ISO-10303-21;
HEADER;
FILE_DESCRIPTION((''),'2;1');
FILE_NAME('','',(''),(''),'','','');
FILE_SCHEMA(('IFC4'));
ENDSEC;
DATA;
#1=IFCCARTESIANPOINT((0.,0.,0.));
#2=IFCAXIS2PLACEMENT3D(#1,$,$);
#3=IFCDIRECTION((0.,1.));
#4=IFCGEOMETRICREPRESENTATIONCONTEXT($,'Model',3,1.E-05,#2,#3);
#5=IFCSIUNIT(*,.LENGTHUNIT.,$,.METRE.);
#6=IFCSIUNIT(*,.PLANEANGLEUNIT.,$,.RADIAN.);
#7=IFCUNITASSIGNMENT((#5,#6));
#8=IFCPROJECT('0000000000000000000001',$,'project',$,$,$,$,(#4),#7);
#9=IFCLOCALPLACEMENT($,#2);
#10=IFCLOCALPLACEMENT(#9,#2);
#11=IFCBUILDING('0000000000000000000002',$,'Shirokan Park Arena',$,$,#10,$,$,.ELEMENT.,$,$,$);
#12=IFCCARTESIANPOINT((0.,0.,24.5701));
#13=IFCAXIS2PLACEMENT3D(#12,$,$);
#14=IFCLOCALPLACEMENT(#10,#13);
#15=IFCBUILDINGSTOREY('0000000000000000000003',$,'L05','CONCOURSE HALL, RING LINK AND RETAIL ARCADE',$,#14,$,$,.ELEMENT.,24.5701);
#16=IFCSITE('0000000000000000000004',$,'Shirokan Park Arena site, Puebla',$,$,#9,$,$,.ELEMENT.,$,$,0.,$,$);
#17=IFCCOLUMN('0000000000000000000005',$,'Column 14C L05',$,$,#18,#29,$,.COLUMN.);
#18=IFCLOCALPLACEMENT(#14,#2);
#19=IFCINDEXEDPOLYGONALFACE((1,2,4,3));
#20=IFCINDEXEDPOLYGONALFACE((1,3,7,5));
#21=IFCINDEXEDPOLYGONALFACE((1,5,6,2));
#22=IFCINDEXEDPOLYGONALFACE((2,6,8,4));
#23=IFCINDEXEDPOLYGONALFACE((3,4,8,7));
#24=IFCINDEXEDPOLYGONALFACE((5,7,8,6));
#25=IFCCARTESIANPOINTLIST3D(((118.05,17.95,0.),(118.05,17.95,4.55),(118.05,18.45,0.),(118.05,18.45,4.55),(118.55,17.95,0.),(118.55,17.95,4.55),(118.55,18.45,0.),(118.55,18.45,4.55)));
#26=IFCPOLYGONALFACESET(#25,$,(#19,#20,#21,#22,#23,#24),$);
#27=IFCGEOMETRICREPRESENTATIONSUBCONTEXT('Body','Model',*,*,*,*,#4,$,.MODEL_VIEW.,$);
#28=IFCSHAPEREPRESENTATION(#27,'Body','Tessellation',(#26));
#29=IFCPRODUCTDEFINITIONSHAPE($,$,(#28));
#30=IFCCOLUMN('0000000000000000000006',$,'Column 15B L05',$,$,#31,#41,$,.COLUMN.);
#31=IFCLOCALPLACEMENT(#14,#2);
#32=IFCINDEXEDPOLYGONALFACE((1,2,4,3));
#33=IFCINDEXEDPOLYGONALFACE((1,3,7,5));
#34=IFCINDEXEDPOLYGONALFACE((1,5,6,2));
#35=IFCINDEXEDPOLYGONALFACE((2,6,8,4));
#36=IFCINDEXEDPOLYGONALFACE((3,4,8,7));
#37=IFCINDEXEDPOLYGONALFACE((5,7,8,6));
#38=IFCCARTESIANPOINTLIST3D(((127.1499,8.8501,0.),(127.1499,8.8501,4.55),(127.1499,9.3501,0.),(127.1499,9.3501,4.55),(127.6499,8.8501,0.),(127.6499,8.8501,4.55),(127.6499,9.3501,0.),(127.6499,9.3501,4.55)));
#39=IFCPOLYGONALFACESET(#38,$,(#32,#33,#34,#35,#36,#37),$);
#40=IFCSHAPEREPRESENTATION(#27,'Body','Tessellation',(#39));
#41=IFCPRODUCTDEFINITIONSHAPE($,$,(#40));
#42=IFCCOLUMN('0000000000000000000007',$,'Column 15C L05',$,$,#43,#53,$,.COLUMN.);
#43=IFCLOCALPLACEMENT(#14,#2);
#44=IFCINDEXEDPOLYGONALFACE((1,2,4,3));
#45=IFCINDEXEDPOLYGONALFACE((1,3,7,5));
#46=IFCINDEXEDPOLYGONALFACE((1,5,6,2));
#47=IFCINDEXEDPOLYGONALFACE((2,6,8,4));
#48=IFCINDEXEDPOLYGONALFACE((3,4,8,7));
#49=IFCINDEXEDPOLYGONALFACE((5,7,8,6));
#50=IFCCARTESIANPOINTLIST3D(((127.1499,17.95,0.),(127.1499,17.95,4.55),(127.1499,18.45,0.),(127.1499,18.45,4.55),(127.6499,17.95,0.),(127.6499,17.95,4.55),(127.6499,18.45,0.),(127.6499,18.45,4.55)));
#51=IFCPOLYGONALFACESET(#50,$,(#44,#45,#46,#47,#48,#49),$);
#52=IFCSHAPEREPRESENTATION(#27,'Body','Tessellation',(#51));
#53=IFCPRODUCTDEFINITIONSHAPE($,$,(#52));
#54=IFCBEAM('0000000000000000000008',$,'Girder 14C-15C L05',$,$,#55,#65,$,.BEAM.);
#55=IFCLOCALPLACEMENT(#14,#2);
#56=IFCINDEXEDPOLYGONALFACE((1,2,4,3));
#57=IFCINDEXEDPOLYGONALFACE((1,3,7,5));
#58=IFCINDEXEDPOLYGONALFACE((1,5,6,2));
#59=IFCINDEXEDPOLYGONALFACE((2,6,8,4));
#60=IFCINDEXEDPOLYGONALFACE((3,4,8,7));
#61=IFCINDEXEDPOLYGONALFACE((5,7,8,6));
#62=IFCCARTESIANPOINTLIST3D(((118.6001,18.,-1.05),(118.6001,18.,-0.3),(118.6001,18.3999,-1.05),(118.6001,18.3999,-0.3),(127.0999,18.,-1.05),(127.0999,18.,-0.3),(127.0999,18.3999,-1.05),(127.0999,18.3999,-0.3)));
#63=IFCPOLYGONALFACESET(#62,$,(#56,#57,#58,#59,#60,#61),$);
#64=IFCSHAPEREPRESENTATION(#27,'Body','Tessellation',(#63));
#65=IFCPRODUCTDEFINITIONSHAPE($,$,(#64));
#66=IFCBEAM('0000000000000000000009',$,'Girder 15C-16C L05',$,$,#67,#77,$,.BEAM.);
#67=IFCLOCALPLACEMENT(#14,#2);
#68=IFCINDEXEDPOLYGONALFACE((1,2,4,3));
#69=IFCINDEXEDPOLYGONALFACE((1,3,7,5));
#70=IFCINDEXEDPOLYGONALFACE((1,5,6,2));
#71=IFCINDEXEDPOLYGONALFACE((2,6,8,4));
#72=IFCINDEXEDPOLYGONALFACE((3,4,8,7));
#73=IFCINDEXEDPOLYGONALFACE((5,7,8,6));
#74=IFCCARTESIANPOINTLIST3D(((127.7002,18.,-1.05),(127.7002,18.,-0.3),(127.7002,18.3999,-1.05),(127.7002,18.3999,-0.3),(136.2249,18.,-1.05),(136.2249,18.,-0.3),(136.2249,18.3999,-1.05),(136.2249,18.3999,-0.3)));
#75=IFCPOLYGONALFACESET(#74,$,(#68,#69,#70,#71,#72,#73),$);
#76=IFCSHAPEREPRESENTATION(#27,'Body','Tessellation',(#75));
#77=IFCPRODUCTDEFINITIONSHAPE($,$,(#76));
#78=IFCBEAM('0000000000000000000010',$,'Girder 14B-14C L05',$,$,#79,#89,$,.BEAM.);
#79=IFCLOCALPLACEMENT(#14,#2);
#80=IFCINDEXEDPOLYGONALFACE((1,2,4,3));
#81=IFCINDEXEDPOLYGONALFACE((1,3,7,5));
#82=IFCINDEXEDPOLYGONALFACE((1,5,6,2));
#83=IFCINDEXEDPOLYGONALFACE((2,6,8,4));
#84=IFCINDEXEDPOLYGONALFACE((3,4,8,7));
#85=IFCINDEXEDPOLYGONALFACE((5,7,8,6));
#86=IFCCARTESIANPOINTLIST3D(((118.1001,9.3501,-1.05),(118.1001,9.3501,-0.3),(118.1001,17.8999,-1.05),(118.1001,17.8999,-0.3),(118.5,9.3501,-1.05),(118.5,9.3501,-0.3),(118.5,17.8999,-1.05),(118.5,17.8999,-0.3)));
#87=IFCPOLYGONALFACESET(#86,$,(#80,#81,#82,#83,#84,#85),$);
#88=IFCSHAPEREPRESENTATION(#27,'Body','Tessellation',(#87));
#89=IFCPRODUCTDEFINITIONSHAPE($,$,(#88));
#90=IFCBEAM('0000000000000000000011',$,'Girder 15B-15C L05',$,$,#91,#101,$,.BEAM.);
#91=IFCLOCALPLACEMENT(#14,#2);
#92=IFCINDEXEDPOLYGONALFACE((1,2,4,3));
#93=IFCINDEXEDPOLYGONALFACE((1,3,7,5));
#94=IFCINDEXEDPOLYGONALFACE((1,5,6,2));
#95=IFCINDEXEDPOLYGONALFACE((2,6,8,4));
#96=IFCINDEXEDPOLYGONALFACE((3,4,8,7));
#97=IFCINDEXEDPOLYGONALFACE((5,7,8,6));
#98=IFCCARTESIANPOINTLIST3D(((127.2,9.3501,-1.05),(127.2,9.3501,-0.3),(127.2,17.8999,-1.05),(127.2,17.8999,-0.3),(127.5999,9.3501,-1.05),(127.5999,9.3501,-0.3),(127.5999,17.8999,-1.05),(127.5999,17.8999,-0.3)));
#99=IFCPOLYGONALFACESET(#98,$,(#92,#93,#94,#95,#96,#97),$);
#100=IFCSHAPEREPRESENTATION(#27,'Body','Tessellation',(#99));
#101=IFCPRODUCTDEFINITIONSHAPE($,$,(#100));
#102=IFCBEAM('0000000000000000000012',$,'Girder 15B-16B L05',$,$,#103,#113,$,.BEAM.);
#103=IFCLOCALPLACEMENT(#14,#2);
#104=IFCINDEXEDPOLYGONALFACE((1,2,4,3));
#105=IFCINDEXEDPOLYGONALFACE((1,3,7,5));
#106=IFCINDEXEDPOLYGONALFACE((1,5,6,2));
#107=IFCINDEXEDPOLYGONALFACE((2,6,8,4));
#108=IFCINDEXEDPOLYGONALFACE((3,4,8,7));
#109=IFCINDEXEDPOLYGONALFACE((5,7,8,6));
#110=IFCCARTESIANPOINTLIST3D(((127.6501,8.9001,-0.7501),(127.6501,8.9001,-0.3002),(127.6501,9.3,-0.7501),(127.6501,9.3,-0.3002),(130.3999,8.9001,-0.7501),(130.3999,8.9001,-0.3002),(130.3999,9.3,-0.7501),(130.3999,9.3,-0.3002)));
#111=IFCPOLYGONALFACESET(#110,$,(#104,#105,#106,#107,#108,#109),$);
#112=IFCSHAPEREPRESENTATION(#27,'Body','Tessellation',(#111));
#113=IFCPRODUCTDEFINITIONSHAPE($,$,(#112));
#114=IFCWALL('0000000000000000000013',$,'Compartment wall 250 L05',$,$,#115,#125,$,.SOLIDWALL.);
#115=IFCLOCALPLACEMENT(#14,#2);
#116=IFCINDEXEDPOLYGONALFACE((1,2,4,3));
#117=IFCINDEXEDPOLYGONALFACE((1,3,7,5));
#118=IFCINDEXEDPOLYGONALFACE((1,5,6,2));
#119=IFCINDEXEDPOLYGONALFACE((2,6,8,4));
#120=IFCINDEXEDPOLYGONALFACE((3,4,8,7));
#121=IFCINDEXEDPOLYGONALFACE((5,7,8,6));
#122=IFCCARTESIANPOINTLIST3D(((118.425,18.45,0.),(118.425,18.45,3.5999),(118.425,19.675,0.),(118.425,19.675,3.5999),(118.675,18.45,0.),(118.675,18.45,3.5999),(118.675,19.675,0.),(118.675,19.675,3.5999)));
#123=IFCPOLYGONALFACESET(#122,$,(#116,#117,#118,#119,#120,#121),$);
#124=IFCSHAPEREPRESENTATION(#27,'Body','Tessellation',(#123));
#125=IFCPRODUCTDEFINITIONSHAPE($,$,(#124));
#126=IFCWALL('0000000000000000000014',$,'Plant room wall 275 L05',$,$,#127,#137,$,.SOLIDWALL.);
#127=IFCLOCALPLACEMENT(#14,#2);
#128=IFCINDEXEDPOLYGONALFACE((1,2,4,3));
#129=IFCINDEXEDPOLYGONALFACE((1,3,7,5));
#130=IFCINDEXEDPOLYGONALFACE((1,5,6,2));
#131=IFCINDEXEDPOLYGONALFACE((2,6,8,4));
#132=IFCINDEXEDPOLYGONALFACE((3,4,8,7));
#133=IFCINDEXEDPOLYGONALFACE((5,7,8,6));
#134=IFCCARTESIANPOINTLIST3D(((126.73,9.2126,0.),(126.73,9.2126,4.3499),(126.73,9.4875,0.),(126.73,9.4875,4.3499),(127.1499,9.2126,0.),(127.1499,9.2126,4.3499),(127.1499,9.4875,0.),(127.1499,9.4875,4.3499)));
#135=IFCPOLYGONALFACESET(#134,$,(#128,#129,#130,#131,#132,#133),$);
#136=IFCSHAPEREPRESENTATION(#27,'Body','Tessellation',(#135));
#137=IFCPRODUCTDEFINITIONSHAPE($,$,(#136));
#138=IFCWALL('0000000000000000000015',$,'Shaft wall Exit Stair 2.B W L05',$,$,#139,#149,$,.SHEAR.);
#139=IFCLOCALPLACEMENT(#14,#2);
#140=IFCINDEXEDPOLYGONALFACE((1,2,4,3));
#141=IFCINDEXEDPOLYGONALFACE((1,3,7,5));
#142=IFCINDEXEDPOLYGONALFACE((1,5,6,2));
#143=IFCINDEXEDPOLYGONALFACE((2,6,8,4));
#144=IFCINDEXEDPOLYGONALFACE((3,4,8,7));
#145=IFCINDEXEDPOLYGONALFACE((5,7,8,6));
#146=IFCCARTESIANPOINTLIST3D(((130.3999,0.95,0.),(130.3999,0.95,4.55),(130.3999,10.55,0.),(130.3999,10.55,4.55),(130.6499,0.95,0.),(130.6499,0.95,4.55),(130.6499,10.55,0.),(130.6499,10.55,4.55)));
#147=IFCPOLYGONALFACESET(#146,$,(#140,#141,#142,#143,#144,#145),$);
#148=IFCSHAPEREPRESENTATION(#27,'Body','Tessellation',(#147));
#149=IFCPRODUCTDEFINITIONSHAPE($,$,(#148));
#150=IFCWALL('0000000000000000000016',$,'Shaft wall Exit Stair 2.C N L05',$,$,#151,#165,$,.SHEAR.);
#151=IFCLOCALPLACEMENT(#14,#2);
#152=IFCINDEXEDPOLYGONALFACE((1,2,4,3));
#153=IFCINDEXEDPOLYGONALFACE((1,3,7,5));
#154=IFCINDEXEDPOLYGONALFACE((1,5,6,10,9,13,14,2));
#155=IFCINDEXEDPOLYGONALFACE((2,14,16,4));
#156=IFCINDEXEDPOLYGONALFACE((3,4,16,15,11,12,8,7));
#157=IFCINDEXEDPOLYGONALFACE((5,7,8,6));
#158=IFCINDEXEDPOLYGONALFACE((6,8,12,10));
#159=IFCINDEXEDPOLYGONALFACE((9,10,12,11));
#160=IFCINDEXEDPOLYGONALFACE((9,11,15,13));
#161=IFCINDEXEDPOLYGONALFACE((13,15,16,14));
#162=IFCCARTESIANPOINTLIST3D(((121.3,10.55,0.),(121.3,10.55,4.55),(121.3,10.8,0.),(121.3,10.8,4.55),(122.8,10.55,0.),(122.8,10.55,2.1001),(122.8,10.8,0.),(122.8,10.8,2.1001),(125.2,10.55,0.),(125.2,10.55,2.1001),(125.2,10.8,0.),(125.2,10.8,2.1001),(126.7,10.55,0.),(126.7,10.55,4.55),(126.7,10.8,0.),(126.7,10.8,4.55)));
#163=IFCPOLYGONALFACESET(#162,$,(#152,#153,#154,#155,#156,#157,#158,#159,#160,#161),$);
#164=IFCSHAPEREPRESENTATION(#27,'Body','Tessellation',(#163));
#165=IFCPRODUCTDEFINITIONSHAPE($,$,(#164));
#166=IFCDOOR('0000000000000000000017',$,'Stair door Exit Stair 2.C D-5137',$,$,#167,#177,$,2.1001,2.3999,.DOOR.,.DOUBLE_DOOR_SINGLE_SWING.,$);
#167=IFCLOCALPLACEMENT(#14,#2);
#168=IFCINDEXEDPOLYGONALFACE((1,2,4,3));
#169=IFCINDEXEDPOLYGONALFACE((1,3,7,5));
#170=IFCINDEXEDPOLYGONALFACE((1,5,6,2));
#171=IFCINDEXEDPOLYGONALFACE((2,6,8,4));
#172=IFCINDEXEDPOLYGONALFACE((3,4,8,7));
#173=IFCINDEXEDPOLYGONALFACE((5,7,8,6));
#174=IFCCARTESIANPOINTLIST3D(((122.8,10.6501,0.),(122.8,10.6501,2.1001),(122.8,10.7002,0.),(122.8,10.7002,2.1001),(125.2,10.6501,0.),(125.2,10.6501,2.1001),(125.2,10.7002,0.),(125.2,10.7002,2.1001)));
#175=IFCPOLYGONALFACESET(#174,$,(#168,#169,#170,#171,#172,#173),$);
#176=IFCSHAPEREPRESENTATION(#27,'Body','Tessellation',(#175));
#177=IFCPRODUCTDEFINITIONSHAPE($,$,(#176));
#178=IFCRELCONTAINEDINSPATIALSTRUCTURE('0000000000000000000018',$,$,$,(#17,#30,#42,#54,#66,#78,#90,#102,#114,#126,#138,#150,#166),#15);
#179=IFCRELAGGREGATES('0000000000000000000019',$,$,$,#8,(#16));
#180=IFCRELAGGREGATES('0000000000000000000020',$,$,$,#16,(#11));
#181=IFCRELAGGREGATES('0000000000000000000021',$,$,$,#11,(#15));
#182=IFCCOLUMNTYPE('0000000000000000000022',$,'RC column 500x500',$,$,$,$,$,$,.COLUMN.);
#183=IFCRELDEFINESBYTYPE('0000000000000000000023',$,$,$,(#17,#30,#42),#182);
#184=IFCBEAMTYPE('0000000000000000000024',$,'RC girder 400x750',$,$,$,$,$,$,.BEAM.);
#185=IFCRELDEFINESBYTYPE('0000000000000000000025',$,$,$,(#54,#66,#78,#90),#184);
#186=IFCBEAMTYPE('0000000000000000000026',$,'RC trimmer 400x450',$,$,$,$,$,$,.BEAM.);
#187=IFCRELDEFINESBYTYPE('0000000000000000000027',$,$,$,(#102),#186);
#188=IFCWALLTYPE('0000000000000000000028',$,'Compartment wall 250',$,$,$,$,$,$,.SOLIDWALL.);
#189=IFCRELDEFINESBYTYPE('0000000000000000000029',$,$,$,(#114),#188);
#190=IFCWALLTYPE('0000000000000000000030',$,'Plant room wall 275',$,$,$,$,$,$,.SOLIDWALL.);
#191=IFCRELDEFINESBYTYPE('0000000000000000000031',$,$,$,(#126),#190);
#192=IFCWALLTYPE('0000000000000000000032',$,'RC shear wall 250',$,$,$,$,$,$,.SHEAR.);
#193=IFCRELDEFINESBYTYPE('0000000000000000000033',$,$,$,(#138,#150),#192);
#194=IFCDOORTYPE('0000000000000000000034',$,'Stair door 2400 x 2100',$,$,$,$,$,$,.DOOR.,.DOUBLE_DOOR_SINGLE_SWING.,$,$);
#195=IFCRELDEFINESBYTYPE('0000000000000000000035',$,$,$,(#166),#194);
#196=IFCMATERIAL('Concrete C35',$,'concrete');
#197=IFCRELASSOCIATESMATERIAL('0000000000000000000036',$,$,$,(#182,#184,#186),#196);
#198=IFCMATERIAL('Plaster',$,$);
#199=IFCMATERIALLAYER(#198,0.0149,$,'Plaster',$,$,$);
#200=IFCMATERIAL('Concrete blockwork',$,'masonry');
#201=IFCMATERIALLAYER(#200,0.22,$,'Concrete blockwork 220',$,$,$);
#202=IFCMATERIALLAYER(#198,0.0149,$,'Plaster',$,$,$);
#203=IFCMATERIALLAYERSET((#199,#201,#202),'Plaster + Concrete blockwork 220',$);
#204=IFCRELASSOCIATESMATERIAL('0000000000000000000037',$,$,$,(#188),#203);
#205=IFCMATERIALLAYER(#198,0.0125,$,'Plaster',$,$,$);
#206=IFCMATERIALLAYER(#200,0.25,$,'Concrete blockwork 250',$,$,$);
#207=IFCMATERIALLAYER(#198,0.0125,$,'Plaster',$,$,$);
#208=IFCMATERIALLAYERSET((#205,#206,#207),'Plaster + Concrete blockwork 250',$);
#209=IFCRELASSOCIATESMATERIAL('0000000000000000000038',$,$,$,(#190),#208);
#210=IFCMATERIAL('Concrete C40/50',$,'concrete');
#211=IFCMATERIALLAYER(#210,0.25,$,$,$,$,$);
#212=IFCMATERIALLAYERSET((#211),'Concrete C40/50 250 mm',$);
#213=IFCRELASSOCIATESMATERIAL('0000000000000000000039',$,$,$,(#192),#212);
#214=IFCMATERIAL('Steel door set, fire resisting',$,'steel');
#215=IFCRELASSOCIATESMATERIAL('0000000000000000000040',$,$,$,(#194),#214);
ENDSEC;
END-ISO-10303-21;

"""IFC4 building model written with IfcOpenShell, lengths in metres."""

from ifc_helpers import new_model, si_unit, direction, frame, frame_2d, origin, origin_2d, place, context, subcontext, project, spatial, rectangle, extrude, material, layer, layer_set, material_profile, profile_set, type_object, element, fill, save


model = new_model("IFC4")

# Units and contexts
model_context = context("Model", 3, precision=1e-05, world=origin(), true_north=direction((0.0, 1.0)))
body_context = subcontext(model_context, "Body", "Model", "MODEL_VIEW")
ifc_project = project(units=[si_unit("LENGTHUNIT", "METRE"), si_unit("PLANEANGLEUNIT", "RADIAN")], contexts=[model_context])

# Site, building, storey
site_placement = place(None, origin())
site = spatial("IfcSite", under=ifc_project, at=site_placement, Name="Shirokan Park Arena site, Puebla", CompositionType="ELEMENT", RefElevation=0.0)
building_placement = place(site_placement, origin())
building = spatial("IfcBuilding", under=site, at=building_placement, Name="Shirokan Park Arena", CompositionType="ELEMENT")
storey_placement = place(building_placement, frame((0.0, 0.0, 24.5701)))
storey = spatial("IfcBuildingStorey", under=building, at=storey_placement, Name="L05", Description="CONCOURSE HALL, RING LINK AND RETAIL ARCADE", CompositionType="ELEMENT", Elevation=24.5701)

# Columns
ifc_material_1 = material(Name="Concrete C35", Category="concrete")
ifc_material_profile_1 = material_profile(ifc_material_1, rectangle(XDim=0.5, YDim=0.5, at=origin_2d()), Name="500x500")
ifc_profile_set_1 = profile_set([ifc_material_profile_1], Name="Concrete C35")
column_type = type_object("IfcColumnType", Name="RC column 500x500", PredefinedType="COLUMN", material=ifc_profile_set_1)
for number, where, z_axis, x_axis, name in (
    (1, (118.3, 18.2, 0.0), (0.0, 0.0, 1.0), (1.0, 0.0, 0.0), "Column 14C L05"),
    (2, (127.3999, 9.1001, 0.0), (0.0, 0.0, 1.0), (1.0, 0.0, 0.0), "Column 15B L05"),
    (3, (127.3999, 18.2, 0.0), (0.0, 0.0, 1.0), (1.0, 0.0, 0.0), "Column 15C L05"),
):
    element("IfcColumn", number, at=place(storey_placement, frame(where, z_axis=z_axis, x_axis=x_axis)), inside=storey, type_object=column_type, Name=name, PredefinedType="COLUMN", context=body_context, shape_type="SweptSolid", body=[
        extrude(rectangle(XDim=0.5, YDim=0.5, at=origin_2d()), origin(), (0.0, 0.0, 1.0), 4.55),
    ])

# Beams
ifc_material_profile_2 = material_profile(ifc_material_1, rectangle(XDim=0.3999, YDim=0.75, at=origin_2d()), Name="400x750")
ifc_profile_set_2 = profile_set([ifc_material_profile_2], Name="Concrete C35")
beam_type_1 = type_object("IfcBeamType", Name="RC girder 400x750", PredefinedType="BEAM", material=ifc_profile_set_2)
beam_1_placement = place(storey_placement, frame((118.6001, 18.2, -0.675), z_axis=(1.0, 0.0, 0.0), x_axis=(0.0, 1.0, 0.0)))
element("IfcBeam", 4, at=beam_1_placement, inside=storey, type_object=beam_type_1, Name="Girder 14C-15C L05", PredefinedType="BEAM", context=body_context, shape_type="SweptSolid", body=[
    extrude(rectangle(XDim=0.3999, YDim=0.75, at=origin_2d()), origin(), (0.0, 0.0, 1.0), 8.4998),
])
beam_2_placement = place(storey_placement, frame((127.7002, 18.2, -0.675), z_axis=(1.0, 0.0, 0.0), x_axis=(0.0, 1.0, 0.0)))
element("IfcBeam", 5, at=beam_2_placement, inside=storey, type_object=beam_type_1, Name="Girder 15C-16C L05", PredefinedType="BEAM", context=body_context, shape_type="SweptSolid", body=[
    extrude(rectangle(XDim=0.3999, YDim=0.75, at=origin_2d()), origin(), (0.0, 0.0, 1.0), 8.5247),
])
for number, where, z_axis, x_axis, name in (
    (6, (118.3, 9.3501, -0.675), (0.0, 1.0, 0.0), (-1.0, 0.0, 0.0), "Girder 14B-14C L05"),
    (7, (127.3999, 9.3501, -0.675), (0.0, 1.0, 0.0), (-1.0, 0.0, 0.0), "Girder 15B-15C L05"),
):
    element("IfcBeam", number, at=place(storey_placement, frame(where, z_axis=z_axis, x_axis=x_axis)), inside=storey, type_object=beam_type_1, Name=name, PredefinedType="BEAM", context=body_context, shape_type="SweptSolid", body=[
        extrude(rectangle(XDim=0.3999, YDim=0.75, at=origin_2d()), origin(), (0.0, 0.0, 1.0), 8.5498),
    ])
ifc_material_profile_3 = material_profile(ifc_material_1, rectangle(XDim=0.3999, YDim=0.45, at=origin_2d()), Name="400x450")
ifc_profile_set_3 = profile_set([ifc_material_profile_3], Name="Concrete C35")
beam_type_2 = type_object("IfcBeamType", Name="RC trimmer 400x450", PredefinedType="BEAM", material=ifc_profile_set_3)
beam_3_placement = place(storey_placement, frame((127.6501, 9.1001, -0.5251), z_axis=(1.0, 0.0, 0.0), x_axis=(0.0, 1.0, 0.0)))
element("IfcBeam", 8, at=beam_3_placement, inside=storey, type_object=beam_type_2, Name="Girder 15B-16B L05", PredefinedType="BEAM", context=body_context, shape_type="SweptSolid", body=[
    extrude(rectangle(XDim=0.3999, YDim=0.45, at=origin_2d()), origin(), (0.0, 0.0, 1.0), 2.7498),
])

# Wall
ifc_material_2 = material(Name="Plaster")
ifc_layer_1 = layer(ifc_material_2, 0.0149, Name="Plaster")
ifc_material_3 = material(Name="Concrete blockwork", Category="masonry")
ifc_layer_2 = layer(ifc_material_3, 0.22, Name="Concrete blockwork 220")
ifc_layer_3 = layer(ifc_material_2, 0.0149, Name="Plaster")
ifc_layer_set_1 = layer_set([ifc_layer_1, ifc_layer_2, ifc_layer_3], Name="Plaster + Concrete blockwork 220")
wall_type_1 = type_object("IfcWallType", Name="Compartment wall 250", PredefinedType="SOLIDWALL", material=ifc_layer_set_1)
wall_1_placement = place(storey_placement, frame((118.55, 18.45, 0.0), z_axis=(0.0, 0.0, 1.0), x_axis=(0.0, 1.0, 0.0)))
element("IfcWall", 9, at=wall_1_placement, inside=storey, type_object=wall_type_1, Name="Compartment wall 250 L05", PredefinedType="SOLIDWALL", context=body_context, shape_type="SweptSolid", body=[
    extrude(rectangle(XDim=1.2251, YDim=0.25, at=frame_2d((0.6125, 0.0))), origin(), (0.0, 0.0, 1.0), 3.5999),
])

# Wall
ifc_layer_4 = layer(ifc_material_2, 0.0125, Name="Plaster")
ifc_layer_5 = layer(ifc_material_3, 0.25, Name="Concrete blockwork 250")
ifc_layer_6 = layer(ifc_material_2, 0.0125, Name="Plaster")
ifc_layer_set_2 = layer_set([ifc_layer_4, ifc_layer_5, ifc_layer_6], Name="Plaster + Concrete blockwork 250")
wall_type_2 = type_object("IfcWallType", Name="Plant room wall 275", PredefinedType="SOLIDWALL", material=ifc_layer_set_2)
wall_2_placement = place(storey_placement, frame((127.1499, 9.3501, 0.0), z_axis=(0.0, 0.0, 1.0), x_axis=(-1.0, 0.0, 0.0)))
element("IfcWall", 10, at=wall_2_placement, inside=storey, type_object=wall_type_2, Name="Plant room wall 275 L05", PredefinedType="SOLIDWALL", context=body_context, shape_type="SweptSolid", body=[
    extrude(rectangle(XDim=0.4199, YDim=0.2749, at=frame_2d((0.21, 0.0))), origin(), (0.0, 0.0, 1.0), 4.3499),
])

# Wall
ifc_material_4 = material(Name="Concrete C40/50", Category="concrete")
ifc_layer_7 = layer(ifc_material_4, 0.25)
ifc_layer_set_3 = layer_set([ifc_layer_7], Name="Concrete C40/50 250 mm")
wall_type_3 = type_object("IfcWallType", Name="RC shear wall 250", PredefinedType="SHEAR", material=ifc_layer_set_3)
wall_3_placement = place(storey_placement, frame((130.5249, 10.55, 0.0), z_axis=(0.0, 0.0, 1.0), x_axis=(0.0, -1.0, 0.0)))
element("IfcWall", 11, at=wall_3_placement, inside=storey, type_object=wall_type_3, Name="Shaft wall Exit Stair 2.B W L05", PredefinedType="SHEAR", context=body_context, shape_type="SweptSolid", body=[
    extrude(rectangle(XDim=9.6001, YDim=0.25, at=frame_2d((4.8, 0.0))), origin(), (0.0, 0.0, 1.0), 4.55),
])

# Wall, opening, door
wall_4_placement = place(storey_placement, frame((126.7, 10.675, 0.0), z_axis=(0.0, 0.0, 1.0), x_axis=(-1.0, 0.0, 0.0)))
wall_4 = element("IfcWall", 12, at=wall_4_placement, inside=storey, type_object=wall_type_3, Name="Shaft wall Exit Stair 2.C N L05", PredefinedType="SHEAR", context=body_context, shape_type="SweptSolid", body=[
    extrude(rectangle(XDim=5.3999, YDim=0.25, at=frame_2d((2.7, 0.0))), origin(), (0.0, 0.0, 1.0), 4.55),
])
opening_1_placement = place(wall_4_placement, frame((1.5, 0.0, 0.0)))
opening_1 = element("IfcOpeningElement", 13, at=opening_1_placement, cuts=wall_4, PredefinedType="OPENING", context=body_context, shape_type="SweptSolid", body=[
    extrude(rectangle(XDim=2.3999, YDim=2.1001, at=frame_2d((1.2, 1.05))), frame((0.0, 0.135, 0.0), z_axis=(0.0, -1.0, 0.0), x_axis=(1.0, 0.0, 0.0)), (0.0, 0.0, 1.0), 0.27),
])
ifc_material_5 = material(Name="Steel door set, fire resisting", Category="steel")
door_type_1 = type_object("IfcDoorType", Name="Stair door 2400 x 2100", OperationType="DOUBLE_DOOR_SINGLE_SWING", PredefinedType="DOOR", material=ifc_material_5)
door_1_placement = place(opening_1_placement, origin())
door_1 = element("IfcDoor", 14, at=door_1_placement, inside=storey, type_object=door_type_1, Name="Stair door Exit Stair 2.C D-5137", OperationType="DOUBLE_DOOR_SINGLE_SWING", OverallHeight=2.1001, OverallWidth=2.3999, PredefinedType="DOOR", context=body_context, shape_type="SweptSolid", body=[
    extrude(rectangle(XDim=2.3999, YDim=2.1001, at=frame_2d((1.2, 1.05))), frame((0.0, 0.0249, 0.0), z_axis=(0.0, -1.0, 0.0), x_axis=(1.0, 0.0, 0.0)), (0.0, 0.0, 1.0), 0.05),
])
fill(opening_1, door_1)

save(model, "model.ifc")
